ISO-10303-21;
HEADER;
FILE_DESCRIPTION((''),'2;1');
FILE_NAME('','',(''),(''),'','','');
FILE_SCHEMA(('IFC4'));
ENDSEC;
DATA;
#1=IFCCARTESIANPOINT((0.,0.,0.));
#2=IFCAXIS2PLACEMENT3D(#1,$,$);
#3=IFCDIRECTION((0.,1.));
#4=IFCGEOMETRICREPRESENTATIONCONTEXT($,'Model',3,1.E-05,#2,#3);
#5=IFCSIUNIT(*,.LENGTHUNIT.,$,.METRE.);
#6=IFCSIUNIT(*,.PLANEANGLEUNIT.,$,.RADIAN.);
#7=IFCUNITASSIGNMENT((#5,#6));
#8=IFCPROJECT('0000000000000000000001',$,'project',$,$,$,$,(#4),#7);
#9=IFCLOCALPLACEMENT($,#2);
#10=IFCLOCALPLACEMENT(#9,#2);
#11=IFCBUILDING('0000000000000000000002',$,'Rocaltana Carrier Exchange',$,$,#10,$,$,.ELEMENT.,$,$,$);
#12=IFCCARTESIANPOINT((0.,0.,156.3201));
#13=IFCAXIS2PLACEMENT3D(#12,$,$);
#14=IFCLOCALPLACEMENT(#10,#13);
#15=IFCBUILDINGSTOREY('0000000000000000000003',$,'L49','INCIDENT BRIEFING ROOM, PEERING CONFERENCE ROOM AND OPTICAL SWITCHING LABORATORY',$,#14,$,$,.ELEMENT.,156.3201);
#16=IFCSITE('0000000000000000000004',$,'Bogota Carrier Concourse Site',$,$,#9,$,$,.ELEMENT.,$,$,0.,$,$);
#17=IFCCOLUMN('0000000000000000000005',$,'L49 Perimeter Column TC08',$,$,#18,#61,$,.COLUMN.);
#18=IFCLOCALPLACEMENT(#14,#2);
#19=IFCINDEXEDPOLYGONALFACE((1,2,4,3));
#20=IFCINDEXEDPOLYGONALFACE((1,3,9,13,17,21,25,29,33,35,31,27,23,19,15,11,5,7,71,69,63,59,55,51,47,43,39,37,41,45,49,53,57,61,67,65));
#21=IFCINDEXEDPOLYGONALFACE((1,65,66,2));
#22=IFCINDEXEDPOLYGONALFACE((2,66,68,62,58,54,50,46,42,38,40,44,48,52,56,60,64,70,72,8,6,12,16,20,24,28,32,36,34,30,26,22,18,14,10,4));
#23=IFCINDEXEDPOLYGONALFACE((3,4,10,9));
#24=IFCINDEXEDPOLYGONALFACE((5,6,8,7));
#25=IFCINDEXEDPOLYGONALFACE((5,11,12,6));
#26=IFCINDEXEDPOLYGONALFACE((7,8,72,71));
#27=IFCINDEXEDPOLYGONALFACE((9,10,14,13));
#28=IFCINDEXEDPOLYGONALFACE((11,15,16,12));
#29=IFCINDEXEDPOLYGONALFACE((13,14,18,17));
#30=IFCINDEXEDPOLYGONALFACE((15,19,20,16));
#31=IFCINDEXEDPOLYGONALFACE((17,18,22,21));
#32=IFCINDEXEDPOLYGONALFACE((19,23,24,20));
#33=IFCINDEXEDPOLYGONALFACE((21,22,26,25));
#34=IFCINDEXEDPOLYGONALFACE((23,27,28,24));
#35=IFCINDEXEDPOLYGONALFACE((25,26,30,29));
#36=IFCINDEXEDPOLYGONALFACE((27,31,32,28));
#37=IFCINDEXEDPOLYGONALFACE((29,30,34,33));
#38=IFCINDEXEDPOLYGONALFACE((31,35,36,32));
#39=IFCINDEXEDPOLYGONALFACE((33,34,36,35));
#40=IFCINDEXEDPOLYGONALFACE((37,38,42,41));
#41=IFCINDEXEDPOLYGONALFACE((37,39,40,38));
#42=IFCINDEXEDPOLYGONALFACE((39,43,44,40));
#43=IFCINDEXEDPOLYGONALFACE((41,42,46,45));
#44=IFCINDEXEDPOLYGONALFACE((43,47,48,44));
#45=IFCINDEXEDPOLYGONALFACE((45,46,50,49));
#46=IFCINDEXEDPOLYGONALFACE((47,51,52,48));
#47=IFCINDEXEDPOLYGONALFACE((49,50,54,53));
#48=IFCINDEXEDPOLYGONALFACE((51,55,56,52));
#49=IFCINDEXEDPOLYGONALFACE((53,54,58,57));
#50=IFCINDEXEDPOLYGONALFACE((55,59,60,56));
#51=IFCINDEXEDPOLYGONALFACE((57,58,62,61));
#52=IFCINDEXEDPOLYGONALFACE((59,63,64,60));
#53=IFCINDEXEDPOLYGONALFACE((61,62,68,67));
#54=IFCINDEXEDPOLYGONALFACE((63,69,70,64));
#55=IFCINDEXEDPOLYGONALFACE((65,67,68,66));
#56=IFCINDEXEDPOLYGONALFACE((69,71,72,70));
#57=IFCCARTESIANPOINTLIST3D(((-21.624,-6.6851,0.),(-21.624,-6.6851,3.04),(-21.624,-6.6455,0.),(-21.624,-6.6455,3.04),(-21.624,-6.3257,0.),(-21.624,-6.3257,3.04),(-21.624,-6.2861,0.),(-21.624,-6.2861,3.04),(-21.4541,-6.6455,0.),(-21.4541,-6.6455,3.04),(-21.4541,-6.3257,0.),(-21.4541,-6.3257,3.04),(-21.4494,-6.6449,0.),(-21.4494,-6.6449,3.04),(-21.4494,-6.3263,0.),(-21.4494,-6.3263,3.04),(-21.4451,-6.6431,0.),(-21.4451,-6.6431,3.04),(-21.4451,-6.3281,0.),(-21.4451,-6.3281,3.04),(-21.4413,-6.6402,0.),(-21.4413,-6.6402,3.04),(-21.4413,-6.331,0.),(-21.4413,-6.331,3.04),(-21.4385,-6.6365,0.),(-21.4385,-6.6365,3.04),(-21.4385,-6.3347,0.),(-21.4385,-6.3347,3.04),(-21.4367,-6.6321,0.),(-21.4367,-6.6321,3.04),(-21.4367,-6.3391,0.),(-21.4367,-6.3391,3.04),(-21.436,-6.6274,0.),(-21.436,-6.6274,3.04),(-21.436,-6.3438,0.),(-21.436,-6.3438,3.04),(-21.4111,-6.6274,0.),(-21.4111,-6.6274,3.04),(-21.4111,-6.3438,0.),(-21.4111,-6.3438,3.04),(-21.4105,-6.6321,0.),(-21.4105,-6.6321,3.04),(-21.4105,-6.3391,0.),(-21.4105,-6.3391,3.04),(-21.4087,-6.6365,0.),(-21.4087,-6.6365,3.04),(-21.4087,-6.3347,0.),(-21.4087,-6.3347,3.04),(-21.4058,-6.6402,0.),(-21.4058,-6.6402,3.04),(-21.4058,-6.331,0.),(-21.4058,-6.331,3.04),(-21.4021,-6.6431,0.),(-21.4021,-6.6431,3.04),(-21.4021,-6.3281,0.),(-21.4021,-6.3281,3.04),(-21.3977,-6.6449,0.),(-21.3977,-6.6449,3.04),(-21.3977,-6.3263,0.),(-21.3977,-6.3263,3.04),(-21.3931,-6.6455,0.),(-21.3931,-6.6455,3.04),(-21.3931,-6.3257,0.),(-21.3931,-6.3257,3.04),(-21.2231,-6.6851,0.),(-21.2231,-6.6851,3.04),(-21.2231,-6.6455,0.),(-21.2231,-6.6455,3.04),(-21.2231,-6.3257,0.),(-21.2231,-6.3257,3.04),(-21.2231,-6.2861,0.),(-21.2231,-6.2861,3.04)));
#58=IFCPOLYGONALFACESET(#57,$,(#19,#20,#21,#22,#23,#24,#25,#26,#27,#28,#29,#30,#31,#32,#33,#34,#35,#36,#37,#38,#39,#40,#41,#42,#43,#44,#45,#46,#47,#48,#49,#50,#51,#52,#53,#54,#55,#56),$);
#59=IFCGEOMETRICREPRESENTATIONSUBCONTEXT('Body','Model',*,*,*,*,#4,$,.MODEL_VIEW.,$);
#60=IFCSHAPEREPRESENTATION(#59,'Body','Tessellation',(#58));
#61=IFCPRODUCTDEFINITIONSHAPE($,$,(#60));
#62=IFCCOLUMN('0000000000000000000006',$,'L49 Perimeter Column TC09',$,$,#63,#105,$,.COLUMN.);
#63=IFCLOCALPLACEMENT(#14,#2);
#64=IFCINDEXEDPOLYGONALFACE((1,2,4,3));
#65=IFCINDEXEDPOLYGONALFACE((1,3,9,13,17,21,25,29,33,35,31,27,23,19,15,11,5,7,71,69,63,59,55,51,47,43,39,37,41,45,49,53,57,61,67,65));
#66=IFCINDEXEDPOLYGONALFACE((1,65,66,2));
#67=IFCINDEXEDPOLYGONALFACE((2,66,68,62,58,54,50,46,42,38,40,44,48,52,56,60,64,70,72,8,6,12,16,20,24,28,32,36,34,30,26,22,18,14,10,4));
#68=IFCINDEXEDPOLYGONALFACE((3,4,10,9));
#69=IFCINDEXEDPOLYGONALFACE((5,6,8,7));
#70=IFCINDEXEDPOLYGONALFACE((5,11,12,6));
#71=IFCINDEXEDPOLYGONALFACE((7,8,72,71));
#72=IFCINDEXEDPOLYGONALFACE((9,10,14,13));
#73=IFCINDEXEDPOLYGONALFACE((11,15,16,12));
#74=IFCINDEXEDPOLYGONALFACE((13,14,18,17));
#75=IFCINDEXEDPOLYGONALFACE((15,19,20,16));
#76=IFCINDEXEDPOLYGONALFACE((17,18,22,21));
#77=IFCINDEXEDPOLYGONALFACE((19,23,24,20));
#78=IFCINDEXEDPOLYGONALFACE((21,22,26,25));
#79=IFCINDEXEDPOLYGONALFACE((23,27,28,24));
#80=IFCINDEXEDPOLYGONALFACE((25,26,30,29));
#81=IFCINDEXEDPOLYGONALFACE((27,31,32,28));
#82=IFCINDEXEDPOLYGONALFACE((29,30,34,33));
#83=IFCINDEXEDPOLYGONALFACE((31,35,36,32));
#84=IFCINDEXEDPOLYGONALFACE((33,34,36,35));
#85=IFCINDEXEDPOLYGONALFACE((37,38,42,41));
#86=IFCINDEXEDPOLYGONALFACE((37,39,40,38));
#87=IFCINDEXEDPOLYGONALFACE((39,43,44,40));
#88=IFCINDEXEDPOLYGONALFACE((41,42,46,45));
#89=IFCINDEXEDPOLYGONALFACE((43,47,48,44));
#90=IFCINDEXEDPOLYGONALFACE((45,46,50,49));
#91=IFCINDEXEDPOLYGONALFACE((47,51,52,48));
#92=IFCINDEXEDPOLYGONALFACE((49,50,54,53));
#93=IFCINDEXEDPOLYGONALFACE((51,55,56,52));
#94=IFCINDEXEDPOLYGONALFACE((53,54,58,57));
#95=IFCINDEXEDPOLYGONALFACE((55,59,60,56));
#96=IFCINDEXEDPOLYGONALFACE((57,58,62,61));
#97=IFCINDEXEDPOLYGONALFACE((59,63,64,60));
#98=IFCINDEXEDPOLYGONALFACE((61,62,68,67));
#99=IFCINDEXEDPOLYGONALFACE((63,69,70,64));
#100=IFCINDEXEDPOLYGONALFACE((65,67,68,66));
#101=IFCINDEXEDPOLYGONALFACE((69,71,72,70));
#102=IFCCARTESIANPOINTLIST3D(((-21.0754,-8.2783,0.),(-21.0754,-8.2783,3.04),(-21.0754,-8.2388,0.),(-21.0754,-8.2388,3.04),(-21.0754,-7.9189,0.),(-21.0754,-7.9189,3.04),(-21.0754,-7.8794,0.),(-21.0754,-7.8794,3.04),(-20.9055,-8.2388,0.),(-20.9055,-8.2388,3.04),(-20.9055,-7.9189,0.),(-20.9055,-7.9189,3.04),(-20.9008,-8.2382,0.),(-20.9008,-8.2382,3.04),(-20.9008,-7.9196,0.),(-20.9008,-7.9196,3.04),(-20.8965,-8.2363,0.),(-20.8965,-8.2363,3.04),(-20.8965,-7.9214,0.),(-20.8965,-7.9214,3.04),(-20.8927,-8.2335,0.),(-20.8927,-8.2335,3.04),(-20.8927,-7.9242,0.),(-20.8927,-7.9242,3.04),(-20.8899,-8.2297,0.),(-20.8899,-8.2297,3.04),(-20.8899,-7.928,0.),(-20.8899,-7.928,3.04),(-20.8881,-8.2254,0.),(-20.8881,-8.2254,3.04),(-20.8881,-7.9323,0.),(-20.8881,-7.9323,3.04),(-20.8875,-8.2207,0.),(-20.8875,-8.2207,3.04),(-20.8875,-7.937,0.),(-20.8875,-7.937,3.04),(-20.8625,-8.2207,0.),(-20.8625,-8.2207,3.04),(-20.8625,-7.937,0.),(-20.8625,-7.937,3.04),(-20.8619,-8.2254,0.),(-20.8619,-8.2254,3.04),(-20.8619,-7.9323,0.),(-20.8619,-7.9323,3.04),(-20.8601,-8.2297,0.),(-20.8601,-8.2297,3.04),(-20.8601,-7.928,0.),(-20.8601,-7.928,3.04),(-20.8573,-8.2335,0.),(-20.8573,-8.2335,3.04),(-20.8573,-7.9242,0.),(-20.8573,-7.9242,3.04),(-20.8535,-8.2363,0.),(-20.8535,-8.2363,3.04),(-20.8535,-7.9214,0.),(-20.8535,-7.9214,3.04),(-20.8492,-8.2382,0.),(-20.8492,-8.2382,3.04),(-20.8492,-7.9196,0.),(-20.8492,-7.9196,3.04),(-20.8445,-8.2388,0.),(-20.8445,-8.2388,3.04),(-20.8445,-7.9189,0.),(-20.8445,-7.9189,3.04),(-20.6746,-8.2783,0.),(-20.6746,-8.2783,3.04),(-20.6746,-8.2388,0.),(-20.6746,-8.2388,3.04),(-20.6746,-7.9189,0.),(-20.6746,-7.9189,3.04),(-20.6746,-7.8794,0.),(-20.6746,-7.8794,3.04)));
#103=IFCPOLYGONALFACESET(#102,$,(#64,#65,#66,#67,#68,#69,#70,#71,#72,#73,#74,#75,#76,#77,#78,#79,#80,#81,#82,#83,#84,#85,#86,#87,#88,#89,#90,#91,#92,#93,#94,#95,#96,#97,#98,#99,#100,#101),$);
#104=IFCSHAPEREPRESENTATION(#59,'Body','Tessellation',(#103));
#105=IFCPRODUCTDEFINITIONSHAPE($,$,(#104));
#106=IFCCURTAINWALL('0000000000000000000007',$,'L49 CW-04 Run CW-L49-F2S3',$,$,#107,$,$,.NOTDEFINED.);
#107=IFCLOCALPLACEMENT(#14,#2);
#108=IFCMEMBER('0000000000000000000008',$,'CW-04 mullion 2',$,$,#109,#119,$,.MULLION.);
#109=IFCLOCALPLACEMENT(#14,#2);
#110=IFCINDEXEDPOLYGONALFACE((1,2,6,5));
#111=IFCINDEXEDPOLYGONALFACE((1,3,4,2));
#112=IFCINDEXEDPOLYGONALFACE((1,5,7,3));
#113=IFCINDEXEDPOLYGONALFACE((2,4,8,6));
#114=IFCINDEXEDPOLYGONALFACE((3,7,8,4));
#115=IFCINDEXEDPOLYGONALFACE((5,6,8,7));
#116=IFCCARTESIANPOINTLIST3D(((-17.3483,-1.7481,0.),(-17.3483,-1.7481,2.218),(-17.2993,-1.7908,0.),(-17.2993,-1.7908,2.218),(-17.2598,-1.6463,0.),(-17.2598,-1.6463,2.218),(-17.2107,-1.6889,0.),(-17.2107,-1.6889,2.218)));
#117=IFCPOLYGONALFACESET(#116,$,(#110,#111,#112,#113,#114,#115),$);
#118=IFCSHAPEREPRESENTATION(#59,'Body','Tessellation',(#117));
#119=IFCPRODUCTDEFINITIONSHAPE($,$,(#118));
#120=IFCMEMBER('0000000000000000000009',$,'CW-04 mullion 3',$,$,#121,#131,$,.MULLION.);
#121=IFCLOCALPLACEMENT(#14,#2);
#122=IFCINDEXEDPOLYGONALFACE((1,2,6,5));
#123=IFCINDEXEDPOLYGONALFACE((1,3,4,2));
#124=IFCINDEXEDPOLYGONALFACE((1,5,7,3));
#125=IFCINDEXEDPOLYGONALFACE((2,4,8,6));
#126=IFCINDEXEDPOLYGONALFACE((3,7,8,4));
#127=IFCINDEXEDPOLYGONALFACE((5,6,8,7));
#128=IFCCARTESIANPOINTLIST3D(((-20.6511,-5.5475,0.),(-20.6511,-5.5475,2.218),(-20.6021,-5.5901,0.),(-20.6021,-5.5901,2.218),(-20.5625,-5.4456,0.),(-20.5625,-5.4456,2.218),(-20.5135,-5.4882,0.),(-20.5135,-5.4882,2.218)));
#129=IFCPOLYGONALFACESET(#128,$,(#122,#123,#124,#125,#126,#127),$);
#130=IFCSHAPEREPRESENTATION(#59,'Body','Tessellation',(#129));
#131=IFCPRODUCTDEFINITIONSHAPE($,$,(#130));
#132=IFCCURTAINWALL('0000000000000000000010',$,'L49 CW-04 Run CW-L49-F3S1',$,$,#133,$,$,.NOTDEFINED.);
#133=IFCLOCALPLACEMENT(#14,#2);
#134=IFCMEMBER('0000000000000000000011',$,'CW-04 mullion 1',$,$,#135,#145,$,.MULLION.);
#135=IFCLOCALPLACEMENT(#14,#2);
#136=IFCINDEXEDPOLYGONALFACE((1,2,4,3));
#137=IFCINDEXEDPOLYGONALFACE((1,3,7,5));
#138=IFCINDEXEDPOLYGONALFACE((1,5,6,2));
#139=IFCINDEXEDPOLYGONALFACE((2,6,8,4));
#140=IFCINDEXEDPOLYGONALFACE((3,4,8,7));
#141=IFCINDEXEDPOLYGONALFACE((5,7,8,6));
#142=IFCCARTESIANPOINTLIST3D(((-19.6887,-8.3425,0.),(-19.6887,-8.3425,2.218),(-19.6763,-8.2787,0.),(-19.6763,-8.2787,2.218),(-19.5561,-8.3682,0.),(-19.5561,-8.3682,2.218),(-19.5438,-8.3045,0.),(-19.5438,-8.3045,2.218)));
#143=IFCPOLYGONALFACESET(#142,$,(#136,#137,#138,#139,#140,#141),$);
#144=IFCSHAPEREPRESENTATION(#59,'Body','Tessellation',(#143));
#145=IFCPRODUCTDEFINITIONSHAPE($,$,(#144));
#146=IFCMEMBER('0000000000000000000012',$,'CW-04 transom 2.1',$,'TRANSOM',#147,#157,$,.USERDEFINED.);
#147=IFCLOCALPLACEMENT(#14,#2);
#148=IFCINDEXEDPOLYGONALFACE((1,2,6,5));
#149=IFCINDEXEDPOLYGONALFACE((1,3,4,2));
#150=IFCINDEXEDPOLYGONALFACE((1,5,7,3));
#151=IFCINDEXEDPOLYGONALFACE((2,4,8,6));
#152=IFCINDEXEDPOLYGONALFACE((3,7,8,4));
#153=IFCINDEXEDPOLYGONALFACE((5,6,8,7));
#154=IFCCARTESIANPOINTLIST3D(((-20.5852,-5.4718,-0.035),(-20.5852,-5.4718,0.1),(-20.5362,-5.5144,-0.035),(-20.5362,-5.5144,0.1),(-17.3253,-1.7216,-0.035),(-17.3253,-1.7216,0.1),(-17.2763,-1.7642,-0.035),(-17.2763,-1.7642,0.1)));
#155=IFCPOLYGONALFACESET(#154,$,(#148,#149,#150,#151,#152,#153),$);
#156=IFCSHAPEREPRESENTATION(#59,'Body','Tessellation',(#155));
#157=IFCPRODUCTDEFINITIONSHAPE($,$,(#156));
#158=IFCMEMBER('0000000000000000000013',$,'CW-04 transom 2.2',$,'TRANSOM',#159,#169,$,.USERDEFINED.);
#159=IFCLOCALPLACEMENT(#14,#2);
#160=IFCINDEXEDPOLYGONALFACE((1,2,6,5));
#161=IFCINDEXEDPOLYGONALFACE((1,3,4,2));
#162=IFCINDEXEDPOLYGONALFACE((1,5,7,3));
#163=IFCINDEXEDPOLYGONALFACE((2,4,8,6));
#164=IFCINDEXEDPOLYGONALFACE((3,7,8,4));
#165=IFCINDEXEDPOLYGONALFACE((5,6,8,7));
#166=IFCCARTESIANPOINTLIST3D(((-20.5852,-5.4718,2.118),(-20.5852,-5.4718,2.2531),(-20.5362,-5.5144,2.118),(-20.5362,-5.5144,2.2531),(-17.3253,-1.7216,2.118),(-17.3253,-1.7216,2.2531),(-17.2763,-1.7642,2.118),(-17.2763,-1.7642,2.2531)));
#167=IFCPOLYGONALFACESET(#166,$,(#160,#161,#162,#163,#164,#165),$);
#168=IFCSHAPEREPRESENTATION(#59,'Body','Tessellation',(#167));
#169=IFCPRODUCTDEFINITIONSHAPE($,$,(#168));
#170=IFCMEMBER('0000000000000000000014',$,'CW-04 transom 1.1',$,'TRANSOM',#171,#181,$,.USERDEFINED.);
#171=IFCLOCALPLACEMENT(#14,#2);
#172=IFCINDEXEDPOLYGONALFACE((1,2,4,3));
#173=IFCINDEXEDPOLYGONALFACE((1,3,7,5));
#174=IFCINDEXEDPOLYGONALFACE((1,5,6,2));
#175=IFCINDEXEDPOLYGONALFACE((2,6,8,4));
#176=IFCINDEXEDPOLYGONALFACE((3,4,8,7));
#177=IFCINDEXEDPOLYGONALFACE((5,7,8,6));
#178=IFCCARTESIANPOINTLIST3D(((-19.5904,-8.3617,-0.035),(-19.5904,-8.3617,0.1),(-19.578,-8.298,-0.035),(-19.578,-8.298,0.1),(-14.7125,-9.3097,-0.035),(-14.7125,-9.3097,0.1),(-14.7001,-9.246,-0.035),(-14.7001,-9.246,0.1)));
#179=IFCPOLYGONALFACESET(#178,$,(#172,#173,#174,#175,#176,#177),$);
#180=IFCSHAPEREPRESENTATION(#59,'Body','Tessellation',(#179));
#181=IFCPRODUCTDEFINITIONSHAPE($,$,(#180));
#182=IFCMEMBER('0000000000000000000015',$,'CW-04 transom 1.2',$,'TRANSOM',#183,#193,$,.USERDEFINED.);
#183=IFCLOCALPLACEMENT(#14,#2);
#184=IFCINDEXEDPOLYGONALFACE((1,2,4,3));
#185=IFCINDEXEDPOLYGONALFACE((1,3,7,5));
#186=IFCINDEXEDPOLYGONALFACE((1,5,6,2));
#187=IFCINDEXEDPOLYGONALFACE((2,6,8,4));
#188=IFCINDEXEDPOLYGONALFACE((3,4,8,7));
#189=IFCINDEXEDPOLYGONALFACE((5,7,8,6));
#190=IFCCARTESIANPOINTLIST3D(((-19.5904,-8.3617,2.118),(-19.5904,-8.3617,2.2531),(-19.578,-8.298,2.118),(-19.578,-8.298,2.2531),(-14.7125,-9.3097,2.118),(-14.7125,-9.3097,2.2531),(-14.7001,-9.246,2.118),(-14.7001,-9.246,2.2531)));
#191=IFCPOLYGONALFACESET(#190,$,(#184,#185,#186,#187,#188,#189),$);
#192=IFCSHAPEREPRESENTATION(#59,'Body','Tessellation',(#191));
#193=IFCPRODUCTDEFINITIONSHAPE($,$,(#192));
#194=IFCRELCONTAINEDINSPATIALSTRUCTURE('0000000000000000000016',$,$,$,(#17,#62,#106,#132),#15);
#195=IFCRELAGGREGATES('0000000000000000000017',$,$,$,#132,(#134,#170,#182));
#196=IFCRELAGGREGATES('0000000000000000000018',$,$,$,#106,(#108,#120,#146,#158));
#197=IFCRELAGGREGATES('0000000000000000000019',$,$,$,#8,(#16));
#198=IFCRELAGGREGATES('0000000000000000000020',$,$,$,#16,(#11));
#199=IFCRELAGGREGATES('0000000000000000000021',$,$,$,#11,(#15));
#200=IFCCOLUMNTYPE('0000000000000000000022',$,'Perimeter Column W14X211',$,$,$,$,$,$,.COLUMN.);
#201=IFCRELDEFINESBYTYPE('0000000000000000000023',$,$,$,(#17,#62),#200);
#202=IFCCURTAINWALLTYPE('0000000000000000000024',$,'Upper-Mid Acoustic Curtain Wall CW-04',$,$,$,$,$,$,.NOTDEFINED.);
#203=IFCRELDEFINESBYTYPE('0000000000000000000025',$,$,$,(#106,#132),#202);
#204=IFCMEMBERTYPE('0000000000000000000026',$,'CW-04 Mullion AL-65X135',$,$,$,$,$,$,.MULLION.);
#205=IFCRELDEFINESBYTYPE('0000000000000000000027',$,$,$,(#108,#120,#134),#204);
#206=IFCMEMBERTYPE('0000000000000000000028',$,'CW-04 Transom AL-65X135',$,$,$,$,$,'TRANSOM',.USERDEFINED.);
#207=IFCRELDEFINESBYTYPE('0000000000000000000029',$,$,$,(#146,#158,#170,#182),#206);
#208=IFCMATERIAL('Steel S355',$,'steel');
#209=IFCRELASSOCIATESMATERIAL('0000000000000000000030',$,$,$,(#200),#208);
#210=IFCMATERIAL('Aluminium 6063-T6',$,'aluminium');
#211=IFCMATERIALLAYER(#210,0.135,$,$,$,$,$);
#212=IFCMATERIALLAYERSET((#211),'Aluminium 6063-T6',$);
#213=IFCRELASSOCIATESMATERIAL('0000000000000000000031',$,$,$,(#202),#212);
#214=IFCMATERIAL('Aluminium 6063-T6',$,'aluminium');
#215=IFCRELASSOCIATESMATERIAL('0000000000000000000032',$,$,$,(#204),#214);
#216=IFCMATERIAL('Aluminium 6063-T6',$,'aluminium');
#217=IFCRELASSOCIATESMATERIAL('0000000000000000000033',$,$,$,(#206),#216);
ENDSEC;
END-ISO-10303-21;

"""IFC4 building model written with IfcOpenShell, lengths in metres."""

from ifc_helpers import new_model, si_unit, direction, frame, origin, origin_2d, place, context, subcontext, project, spatial, rectangle, i_section, extrude, material, layer, layer_set, material_profile, profile_set, type_object, element, aggregate, save


model = new_model("IFC4")

# Units and contexts
model_context = context("Model", 3, precision=1e-05, world=origin(), true_north=direction((0.0, 1.0)))
body_context = subcontext(model_context, "Body", "Model", "MODEL_VIEW")
ifc_project = project(units=[si_unit("LENGTHUNIT", "METRE"), si_unit("PLANEANGLEUNIT", "RADIAN")], contexts=[model_context])

# Site, building, storey
site_placement = place(None, origin())
site = spatial("IfcSite", under=ifc_project, at=site_placement, Name="Bogota Carrier Concourse Site", CompositionType="ELEMENT", RefElevation=0.0)
building_placement = place(site_placement, origin())
building = spatial("IfcBuilding", under=site, at=building_placement, Name="Rocaltana Carrier Exchange", CompositionType="ELEMENT")
storey_placement = place(building_placement, frame((0.0, 0.0, 156.3201)))
storey = spatial("IfcBuildingStorey", under=building, at=storey_placement, Name="L49", Description="INCIDENT BRIEFING ROOM, PEERING CONFERENCE ROOM AND OPTICAL SWITCHING LABORATORY", CompositionType="ELEMENT", Elevation=156.3201)

# Columns
ifc_material_1 = material(Name="Steel S355", Category="steel")
ifc_material_profile_1 = material_profile(ifc_material_1, i_section(OverallWidth=0.4009, OverallDepth=0.3989, WebThickness=0.0249, FlangeThickness=0.0396, FilletRadius=0.0181, at=origin_2d()), Name="W14X211")
ifc_profile_set_1 = profile_set([ifc_material_profile_1], Name="Steel S355")
column_type = type_object("IfcColumnType", Name="Perimeter Column W14X211", PredefinedType="COLUMN", material=ifc_profile_set_1)
for number, where, z_axis, x_axis, name in (
    (1, (-21.4236, -6.4856, 0.0), (0.0, 0.0, 1.0), (1.0, 0.0, 0.0), "L49 Perimeter Column TC08"),
    (2, (-20.875, -8.0789, 0.0), (0.0, 0.0, 1.0), (1.0, 0.0, 0.0), "L49 Perimeter Column TC09"),
):
    element("IfcColumn", number, at=place(storey_placement, frame(where, z_axis=z_axis, x_axis=x_axis)), inside=storey, type_object=column_type, Name=name, PredefinedType="COLUMN", context=body_context, shape_type="SweptSolid", body=[
        extrude(i_section(OverallWidth=0.4009, OverallDepth=0.3989, WebThickness=0.0249, FlangeThickness=0.0396, FilletRadius=0.0181, at=origin_2d()), origin(), (0.0, 0.0, 1.0), 3.04),
    ])

# Curtain wall, members
ifc_material_2 = material(Name="Aluminium 6063-T6", Category="aluminium")
ifc_layer_1 = layer(ifc_material_2, 0.135)
ifc_layer_set_1 = layer_set([ifc_layer_1], Name="Aluminium 6063-T6")
curtain_wall_type = type_object("IfcCurtainWallType", Name="Upper-Mid Acoustic Curtain Wall CW-04", PredefinedType="NOTDEFINED", material=ifc_layer_set_1)
curtain_wall_1_placement = place(storey_placement, origin())
curtain_wall_1 = element("IfcCurtainWall", 3, at=curtain_wall_1_placement, inside=storey, type_object=curtain_wall_type, Name="L49 CW-04 Run CW-L49-F2S3", PredefinedType="NOTDEFINED")
ifc_material_3 = material(Name="Aluminium 6063-T6", Category="aluminium")
ifc_material_profile_2 = material_profile(ifc_material_3, rectangle(XDim=0.0649, YDim=0.135, at=origin_2d()), Name="AL-65X135")
ifc_profile_set_2 = profile_set([ifc_material_profile_2], Name="Aluminium 6063-T6")
member_type_1 = type_object("IfcMemberType", Name="CW-04 Mullion AL-65X135", PredefinedType="MULLION", material=ifc_profile_set_2)
member_1_placement = place(storey_placement, frame((-17.2795, -1.7185, 0.0), z_axis=(0.0, 0.0, 1.0), x_axis=(0.754712, -0.656057, 0.0)))
member_1 = element("IfcMember", 4, at=member_1_placement, type_object=member_type_1, Name="CW-04 mullion 2", PredefinedType="MULLION", context=body_context, shape_type="SweptSolid", body=[
    extrude(rectangle(XDim=0.0649, YDim=0.135, at=origin_2d()), origin(), (0.0, 0.0, 1.0), 2.218),
])
member_2_placement = place(storey_placement, frame((-20.5823, -5.5178, 0.0), z_axis=(0.0, 0.0, 1.0), x_axis=(0.754712, -0.656057, 0.0)))
member_2 = element("IfcMember", 5, at=member_2_placement, type_object=member_type_1, Name="CW-04 mullion 3", PredefinedType="MULLION", context=body_context, shape_type="SweptSolid", body=[
    extrude(rectangle(XDim=0.0649, YDim=0.135, at=origin_2d()), origin(), (0.0, 0.0, 1.0), 2.218),
])

# Curtain wall, member
curtain_wall_2_placement = place(storey_placement, origin())
curtain_wall_2 = element("IfcCurtainWall", 6, at=curtain_wall_2_placement, inside=storey, type_object=curtain_wall_type, Name="L49 CW-04 Run CW-L49-F3S1", PredefinedType="NOTDEFINED")
member_3_placement = place(storey_placement, frame((-19.6162, -8.3235, 0.0), z_axis=(0.0, 0.0, 1.0), x_axis=(0.190803, 0.981628, 0.0)))
member_3 = element("IfcMember", 7, at=member_3_placement, type_object=member_type_1, Name="CW-04 mullion 1", PredefinedType="MULLION", context=body_context, shape_type="SweptSolid", body=[
    extrude(rectangle(XDim=0.0649, YDim=0.135, at=origin_2d()), origin(), (0.0, 0.0, 1.0), 2.218),
])

# Members
ifc_material_4 = material(Name="Aluminium 6063-T6", Category="aluminium")
ifc_material_profile_3 = material_profile(ifc_material_4, rectangle(XDim=0.0649, YDim=0.135, at=origin_2d()), Name="AL-65X135")
ifc_profile_set_3 = profile_set([ifc_material_profile_3], Name="Aluminium 6063-T6")
member_type_2 = type_object("IfcMemberType", Name="CW-04 Transom AL-65X135", ElementType="TRANSOM", PredefinedType="USERDEFINED", material=ifc_profile_set_3)
member_4_placement = place(storey_placement, frame((-17.3008, -1.7429, 0.0325), z_axis=(-0.656056, -0.754712, 0.0), x_axis=(0.754712, -0.656056, 0.0)))
member_4 = element("IfcMember", 8, at=member_4_placement, type_object=member_type_2, Name="CW-04 transom 2.1", ObjectType="TRANSOM", PredefinedType="USERDEFINED", context=body_context, shape_type="SweptSolid", body=[
    extrude(rectangle(XDim=0.0649, YDim=0.135, at=origin_2d()), origin(), (0.0, 0.0, 1.0), 4.969),
])
member_5_placement = place(storey_placement, frame((-17.3008, -1.7429, 2.1855), z_axis=(-0.656056, -0.754712, 0.0), x_axis=(0.754712, -0.656056, 0.0)))
member_5 = element("IfcMember", 9, at=member_5_placement, type_object=member_type_2, Name="CW-04 transom 2.2", ObjectType="TRANSOM", PredefinedType="USERDEFINED", context=body_context, shape_type="SweptSolid", body=[
    extrude(rectangle(XDim=0.0649, YDim=0.135, at=origin_2d()), origin(), (0.0, 0.0, 1.0), 4.969),
])
member_6_placement = place(storey_placement, frame((-19.5842, -8.3298, 0.0325), z_axis=(0.981634, -0.190775, 0.0), x_axis=(0.190775, 0.981634, 0.0)))
member_6 = element("IfcMember", 10, at=member_6_placement, type_object=member_type_2, Name="CW-04 transom 1.1", ObjectType="TRANSOM", PredefinedType="USERDEFINED", context=body_context, shape_type="SweptSolid", body=[
    extrude(rectangle(XDim=0.0649, YDim=0.135, at=origin_2d()), origin(), (0.0, 0.0, 1.0), 4.9692),
])
member_7_placement = place(storey_placement, frame((-19.5842, -8.3298, 2.1855), z_axis=(0.981634, -0.190775, 0.0), x_axis=(0.190775, 0.981634, 0.0)))
member_7 = element("IfcMember", 11, at=member_7_placement, type_object=member_type_2, Name="CW-04 transom 1.2", ObjectType="TRANSOM", PredefinedType="USERDEFINED", context=body_context, shape_type="SweptSolid", body=[
    extrude(rectangle(XDim=0.0649, YDim=0.135, at=origin_2d()), origin(), (0.0, 0.0, 1.0), 4.9692),
])
aggregate(curtain_wall_2, [member_3, member_6, member_7])

aggregate(curtain_wall_1, [member_1, member_2, member_4, member_5])

save(model, "model.ifc")
